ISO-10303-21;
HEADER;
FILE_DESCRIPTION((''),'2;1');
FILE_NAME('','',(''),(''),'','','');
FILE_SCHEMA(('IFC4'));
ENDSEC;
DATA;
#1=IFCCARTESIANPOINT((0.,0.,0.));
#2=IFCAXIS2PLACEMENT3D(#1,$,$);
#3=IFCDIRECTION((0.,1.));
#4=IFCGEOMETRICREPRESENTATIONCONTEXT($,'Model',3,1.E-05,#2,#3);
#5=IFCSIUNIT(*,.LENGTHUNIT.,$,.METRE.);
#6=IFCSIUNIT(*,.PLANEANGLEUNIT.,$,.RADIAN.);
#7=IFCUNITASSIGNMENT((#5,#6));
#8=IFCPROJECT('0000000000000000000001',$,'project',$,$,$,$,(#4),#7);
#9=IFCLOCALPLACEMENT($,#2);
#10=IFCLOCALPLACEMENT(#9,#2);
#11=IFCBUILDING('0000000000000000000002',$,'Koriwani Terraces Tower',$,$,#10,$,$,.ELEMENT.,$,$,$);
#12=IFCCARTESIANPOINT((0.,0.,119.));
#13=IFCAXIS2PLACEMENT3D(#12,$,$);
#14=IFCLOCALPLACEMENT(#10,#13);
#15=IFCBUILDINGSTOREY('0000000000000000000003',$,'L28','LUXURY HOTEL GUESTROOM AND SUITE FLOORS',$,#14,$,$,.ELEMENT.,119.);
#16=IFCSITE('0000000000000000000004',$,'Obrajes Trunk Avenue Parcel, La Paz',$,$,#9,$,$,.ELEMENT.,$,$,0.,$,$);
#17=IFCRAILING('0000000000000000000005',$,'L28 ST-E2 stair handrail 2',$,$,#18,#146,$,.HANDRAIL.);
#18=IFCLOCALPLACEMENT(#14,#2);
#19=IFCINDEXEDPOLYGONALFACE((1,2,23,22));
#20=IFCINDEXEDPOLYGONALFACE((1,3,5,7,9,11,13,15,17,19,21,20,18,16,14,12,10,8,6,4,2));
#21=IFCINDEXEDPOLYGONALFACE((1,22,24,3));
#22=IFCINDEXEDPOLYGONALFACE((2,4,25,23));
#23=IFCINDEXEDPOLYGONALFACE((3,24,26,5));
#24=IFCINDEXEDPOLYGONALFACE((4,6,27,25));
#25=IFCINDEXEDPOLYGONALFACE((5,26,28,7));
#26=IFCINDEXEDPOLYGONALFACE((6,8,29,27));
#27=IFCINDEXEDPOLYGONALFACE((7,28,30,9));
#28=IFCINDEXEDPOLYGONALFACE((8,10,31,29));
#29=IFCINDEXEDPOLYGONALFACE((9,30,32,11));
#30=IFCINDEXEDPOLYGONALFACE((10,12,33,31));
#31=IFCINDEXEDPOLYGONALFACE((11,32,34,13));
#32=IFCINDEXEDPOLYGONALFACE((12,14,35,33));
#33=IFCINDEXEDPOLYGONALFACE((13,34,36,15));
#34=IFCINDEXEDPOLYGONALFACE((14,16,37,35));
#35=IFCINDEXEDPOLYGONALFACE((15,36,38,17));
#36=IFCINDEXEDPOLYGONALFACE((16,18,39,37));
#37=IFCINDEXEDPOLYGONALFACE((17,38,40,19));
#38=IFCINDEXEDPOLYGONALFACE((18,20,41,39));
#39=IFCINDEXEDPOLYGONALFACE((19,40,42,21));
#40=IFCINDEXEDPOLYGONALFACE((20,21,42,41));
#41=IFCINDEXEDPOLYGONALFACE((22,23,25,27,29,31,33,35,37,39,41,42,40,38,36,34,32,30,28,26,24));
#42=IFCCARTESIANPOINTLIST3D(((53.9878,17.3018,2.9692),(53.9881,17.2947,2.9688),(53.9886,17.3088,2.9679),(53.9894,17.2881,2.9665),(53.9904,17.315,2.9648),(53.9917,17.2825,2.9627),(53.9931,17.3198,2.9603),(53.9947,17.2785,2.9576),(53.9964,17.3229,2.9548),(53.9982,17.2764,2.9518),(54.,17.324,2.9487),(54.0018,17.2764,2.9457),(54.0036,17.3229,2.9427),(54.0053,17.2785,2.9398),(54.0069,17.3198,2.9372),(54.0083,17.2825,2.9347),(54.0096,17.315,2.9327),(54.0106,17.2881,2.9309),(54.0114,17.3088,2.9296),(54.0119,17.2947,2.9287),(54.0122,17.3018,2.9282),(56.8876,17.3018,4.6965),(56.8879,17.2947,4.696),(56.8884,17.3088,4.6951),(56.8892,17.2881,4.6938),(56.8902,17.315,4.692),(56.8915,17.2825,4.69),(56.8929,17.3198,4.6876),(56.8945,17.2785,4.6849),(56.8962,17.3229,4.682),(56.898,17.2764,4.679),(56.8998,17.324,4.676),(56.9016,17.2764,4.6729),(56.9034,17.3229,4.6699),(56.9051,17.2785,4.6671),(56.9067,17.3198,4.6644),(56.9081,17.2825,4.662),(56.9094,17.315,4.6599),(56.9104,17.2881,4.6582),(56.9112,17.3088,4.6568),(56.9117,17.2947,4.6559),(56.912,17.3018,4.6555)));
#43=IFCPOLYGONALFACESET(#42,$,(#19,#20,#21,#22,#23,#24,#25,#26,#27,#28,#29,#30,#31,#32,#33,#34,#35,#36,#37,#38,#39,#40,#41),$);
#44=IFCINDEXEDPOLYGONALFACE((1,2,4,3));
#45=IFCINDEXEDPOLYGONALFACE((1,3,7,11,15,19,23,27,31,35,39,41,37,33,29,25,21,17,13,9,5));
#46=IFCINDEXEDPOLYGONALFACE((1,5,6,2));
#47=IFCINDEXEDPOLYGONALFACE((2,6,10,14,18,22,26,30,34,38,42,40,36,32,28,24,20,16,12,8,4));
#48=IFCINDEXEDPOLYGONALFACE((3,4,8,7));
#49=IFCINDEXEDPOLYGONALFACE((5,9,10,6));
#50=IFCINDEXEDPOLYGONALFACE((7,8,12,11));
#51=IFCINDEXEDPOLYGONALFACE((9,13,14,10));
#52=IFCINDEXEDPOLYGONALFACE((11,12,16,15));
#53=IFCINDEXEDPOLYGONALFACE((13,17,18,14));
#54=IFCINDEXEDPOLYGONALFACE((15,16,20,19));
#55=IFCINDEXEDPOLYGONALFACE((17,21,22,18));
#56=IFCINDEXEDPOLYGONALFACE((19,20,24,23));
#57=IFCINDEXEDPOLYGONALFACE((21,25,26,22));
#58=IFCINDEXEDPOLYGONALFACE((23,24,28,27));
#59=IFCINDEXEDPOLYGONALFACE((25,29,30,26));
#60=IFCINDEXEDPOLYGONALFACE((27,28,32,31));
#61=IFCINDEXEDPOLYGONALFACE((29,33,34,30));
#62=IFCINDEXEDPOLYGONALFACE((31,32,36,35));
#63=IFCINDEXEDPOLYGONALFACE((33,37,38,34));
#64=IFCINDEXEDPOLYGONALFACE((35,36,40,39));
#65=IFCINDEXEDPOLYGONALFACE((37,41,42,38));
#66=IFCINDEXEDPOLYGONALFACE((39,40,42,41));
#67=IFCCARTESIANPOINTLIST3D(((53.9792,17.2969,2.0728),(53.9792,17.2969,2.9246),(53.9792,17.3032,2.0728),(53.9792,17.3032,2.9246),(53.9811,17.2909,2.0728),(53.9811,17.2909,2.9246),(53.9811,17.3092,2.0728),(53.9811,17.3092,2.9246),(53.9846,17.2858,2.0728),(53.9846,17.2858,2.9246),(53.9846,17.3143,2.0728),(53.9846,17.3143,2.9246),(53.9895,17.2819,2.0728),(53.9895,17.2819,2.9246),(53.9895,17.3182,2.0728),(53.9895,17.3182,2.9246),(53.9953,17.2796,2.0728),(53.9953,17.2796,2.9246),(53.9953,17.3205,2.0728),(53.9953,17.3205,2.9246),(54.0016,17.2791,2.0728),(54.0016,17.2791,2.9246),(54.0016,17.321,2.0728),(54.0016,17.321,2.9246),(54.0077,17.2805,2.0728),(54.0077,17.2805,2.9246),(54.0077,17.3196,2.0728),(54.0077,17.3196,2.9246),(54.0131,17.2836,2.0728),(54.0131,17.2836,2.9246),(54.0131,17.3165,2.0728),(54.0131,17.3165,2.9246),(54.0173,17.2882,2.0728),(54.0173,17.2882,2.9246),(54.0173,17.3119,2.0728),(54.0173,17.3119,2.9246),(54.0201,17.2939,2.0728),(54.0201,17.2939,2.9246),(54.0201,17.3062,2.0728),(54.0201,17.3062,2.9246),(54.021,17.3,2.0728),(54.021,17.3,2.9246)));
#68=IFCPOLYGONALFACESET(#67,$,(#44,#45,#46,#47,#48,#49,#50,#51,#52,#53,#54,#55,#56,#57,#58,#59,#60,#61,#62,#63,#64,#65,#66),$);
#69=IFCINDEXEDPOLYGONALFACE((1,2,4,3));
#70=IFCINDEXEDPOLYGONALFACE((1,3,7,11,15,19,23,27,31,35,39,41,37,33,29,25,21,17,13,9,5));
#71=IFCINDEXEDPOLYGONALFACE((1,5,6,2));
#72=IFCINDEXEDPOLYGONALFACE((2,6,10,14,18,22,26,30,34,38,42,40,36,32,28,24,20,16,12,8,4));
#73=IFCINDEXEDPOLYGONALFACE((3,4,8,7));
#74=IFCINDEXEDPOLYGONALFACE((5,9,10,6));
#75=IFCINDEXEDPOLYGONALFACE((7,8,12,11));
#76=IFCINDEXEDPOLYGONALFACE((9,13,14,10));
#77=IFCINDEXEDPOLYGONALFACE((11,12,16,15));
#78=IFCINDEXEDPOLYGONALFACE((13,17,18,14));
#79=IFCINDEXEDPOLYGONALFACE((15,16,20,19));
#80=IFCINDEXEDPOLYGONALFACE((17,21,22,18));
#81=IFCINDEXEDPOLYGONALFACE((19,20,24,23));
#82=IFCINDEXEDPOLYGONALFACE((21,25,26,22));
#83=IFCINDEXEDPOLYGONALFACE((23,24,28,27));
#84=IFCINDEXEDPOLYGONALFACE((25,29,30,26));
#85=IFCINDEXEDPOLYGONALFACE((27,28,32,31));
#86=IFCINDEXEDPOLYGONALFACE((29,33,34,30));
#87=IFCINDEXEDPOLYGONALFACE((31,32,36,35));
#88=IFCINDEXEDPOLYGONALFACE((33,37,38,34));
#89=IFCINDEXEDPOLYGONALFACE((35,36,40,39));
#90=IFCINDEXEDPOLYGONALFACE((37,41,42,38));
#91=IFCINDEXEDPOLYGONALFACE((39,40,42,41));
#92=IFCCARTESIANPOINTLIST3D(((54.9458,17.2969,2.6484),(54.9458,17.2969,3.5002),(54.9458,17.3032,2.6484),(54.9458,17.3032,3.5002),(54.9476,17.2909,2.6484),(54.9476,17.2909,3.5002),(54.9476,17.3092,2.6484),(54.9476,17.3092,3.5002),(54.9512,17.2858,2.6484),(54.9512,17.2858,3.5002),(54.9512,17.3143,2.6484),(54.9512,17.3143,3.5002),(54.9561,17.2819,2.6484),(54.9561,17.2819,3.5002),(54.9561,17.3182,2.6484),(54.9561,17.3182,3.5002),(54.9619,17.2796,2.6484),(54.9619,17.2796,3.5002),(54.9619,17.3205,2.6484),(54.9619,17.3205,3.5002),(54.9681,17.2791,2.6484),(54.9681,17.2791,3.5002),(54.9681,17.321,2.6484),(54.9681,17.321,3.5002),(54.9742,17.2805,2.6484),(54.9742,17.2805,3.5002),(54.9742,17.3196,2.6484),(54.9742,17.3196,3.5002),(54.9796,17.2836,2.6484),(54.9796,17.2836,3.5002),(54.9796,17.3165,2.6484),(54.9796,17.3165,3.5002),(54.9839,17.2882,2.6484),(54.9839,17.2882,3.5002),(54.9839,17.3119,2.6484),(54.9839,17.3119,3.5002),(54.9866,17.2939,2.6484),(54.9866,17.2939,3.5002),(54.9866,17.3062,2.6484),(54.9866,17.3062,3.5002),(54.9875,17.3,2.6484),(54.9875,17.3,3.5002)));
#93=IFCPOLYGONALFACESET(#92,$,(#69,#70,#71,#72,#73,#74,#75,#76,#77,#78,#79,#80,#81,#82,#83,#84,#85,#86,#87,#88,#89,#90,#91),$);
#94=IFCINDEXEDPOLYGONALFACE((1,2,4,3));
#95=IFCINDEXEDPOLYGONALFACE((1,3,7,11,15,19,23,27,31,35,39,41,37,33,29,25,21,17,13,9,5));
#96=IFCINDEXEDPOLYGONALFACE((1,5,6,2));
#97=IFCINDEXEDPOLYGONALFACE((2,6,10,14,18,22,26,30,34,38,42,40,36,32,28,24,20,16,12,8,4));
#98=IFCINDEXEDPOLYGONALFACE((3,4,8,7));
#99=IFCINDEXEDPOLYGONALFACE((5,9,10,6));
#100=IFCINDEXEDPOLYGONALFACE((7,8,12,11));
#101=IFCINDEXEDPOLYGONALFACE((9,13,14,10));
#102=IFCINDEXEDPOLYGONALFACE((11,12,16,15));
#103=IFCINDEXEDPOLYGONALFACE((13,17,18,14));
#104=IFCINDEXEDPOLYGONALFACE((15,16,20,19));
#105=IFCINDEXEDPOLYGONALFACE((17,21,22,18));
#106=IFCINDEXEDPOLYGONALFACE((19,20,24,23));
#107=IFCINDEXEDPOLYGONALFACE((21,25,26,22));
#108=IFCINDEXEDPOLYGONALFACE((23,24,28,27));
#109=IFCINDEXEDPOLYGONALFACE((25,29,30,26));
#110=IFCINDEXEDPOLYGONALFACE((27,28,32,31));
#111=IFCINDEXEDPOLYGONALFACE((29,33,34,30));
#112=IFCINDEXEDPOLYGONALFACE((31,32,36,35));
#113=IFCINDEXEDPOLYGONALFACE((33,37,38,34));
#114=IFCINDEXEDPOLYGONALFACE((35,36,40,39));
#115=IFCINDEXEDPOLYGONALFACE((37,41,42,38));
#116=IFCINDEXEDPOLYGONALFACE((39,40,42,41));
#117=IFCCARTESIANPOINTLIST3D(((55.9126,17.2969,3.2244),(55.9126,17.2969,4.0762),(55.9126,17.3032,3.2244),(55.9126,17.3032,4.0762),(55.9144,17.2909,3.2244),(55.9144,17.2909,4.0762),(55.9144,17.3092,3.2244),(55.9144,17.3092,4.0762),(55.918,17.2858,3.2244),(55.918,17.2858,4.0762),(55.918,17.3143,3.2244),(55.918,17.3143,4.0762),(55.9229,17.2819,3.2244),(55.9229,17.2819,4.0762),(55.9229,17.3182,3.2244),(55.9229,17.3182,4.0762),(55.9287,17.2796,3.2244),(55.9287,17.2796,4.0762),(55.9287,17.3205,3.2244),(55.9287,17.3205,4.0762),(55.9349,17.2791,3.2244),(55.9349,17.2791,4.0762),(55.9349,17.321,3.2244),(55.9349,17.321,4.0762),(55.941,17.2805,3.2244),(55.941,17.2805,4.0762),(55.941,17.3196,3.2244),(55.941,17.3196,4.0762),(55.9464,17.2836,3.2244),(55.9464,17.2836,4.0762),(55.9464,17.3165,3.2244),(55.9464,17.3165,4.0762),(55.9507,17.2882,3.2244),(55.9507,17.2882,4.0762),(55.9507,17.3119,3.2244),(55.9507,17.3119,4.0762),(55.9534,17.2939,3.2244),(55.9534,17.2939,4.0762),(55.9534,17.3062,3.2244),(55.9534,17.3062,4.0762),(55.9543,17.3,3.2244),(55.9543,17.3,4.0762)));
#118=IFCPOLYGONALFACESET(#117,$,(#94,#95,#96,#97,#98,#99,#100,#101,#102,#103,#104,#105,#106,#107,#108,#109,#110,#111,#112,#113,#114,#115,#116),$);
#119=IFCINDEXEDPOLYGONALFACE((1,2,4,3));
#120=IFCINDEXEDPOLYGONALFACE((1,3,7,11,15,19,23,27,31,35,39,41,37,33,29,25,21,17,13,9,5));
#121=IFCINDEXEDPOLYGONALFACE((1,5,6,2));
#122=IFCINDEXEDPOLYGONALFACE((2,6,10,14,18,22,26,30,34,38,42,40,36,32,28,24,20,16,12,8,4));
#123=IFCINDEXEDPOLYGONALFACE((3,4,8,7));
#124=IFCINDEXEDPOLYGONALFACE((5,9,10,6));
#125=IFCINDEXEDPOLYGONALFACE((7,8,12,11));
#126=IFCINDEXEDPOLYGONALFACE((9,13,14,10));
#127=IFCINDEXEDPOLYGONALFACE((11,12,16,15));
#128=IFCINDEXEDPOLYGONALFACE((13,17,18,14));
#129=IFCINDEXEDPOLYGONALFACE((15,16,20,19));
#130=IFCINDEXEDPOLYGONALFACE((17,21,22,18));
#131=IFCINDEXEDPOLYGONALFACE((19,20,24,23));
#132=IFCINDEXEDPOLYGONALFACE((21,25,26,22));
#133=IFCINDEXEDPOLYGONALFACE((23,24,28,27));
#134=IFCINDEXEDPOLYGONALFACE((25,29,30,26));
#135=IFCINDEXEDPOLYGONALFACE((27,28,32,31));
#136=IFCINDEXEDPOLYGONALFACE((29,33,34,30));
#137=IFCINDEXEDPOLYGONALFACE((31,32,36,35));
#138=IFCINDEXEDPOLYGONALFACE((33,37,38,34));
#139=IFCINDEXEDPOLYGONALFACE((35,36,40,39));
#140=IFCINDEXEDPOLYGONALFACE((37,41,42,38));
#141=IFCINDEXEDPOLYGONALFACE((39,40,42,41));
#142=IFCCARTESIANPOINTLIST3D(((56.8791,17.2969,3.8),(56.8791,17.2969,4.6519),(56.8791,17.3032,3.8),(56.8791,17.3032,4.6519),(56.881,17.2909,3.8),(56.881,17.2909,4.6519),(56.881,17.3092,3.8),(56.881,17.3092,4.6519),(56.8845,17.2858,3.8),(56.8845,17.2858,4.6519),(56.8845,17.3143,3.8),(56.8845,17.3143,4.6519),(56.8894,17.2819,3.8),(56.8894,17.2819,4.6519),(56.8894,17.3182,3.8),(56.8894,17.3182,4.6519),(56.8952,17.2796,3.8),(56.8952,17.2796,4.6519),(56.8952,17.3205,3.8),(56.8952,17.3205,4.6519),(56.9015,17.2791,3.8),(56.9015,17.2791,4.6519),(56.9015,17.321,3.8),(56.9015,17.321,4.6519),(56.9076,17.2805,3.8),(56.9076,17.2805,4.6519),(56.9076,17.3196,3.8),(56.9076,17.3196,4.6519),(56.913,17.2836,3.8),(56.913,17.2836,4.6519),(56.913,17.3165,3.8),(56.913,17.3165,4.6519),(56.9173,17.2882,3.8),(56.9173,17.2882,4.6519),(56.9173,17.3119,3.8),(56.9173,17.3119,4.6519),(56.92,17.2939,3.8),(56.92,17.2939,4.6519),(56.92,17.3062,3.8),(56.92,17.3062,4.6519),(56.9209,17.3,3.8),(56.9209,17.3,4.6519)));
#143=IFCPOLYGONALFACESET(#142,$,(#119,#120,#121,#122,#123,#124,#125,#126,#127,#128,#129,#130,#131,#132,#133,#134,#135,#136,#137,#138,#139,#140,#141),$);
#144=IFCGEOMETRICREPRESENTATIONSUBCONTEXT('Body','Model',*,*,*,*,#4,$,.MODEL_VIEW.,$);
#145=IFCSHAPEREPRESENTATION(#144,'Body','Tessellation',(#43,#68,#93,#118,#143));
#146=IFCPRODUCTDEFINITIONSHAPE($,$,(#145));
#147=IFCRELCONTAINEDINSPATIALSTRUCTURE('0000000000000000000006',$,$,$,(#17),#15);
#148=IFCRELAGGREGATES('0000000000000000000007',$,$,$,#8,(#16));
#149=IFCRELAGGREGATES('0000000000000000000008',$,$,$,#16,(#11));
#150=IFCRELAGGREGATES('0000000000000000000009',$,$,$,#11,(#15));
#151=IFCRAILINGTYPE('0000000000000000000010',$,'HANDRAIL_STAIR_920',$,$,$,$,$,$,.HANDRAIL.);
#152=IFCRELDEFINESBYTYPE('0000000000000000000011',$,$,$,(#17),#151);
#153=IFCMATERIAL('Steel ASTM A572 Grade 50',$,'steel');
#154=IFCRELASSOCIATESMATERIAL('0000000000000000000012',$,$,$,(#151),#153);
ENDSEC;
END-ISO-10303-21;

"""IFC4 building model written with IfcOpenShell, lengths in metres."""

from ifc_helpers import new_model, si_unit, direction, frame, origin, origin_2d, place, context, subcontext, project, spatial, circle, extrude, material, type_object, element, save


model = new_model("IFC4")

# Units and contexts
model_context = context("Model", 3, precision=1e-05, world=origin(), true_north=direction((0.0, 1.0)))
body_context = subcontext(model_context, "Body", "Model", "MODEL_VIEW")
ifc_project = project(units=[si_unit("LENGTHUNIT", "METRE"), si_unit("PLANEANGLEUNIT", "RADIAN")], contexts=[model_context])

# Site, building, storey
site_placement = place(None, origin())
site = spatial("IfcSite", under=ifc_project, at=site_placement, Name="Obrajes Trunk Avenue Parcel, La Paz", CompositionType="ELEMENT", RefElevation=0.0)
building_placement = place(site_placement, origin())
building = spatial("IfcBuilding", under=site, at=building_placement, Name="Koriwani Terraces Tower", CompositionType="ELEMENT")
storey_placement = place(building_placement, frame((0.0, 0.0, 119.0)))
storey = spatial("IfcBuildingStorey", under=building, at=storey_placement, Name="L28", Description="LUXURY HOTEL GUESTROOM AND SUITE FLOORS", CompositionType="ELEMENT", Elevation=119.0)

# Railing
ifc_material_1 = material(Name="Steel ASTM A572 Grade 50", Category="steel")
railing_type_1 = type_object("IfcRailingType", Name="HANDRAIL_STAIR_920", PredefinedType="HANDRAIL", material=ifc_material_1)
railing_1_placement = place(storey_placement, frame((54.0, 17.3, 2.0728)))
element("IfcRailing", 1, at=railing_1_placement, inside=storey, type_object=railing_type_1, Name="L28 ST-E2 stair handrail 2", PredefinedType="HANDRAIL", context=body_context, shape_type="SweptSolid", body=[
    extrude(circle(Radius=0.0239, at=origin_2d()), frame((0.0, 0.0, 0.876), z_axis=(0.859141, 0.0, 0.511738), x_axis=(0.0, 1.0, 0.0)), (0.0, 0.0, 1.0), 3.3752),
    extrude(circle(Radius=0.021, at=origin_2d()), origin(), (0.0, 0.0, 1.0), 0.8518),
    extrude(circle(Radius=0.021, at=origin_2d()), frame((0.9666, 0.0, 0.5757)), (0.0, 0.0, 1.0), 0.8518),
    extrude(circle(Radius=0.021, at=origin_2d()), frame((1.9333, 0.0, 1.1516)), (0.0, 0.0, 1.0), 0.8518),
    extrude(circle(Radius=0.021, at=origin_2d()), frame((2.8999, 0.0, 1.7273)), (0.0, 0.0, 1.0), 0.8518),
])

save(model, "model.ifc")
